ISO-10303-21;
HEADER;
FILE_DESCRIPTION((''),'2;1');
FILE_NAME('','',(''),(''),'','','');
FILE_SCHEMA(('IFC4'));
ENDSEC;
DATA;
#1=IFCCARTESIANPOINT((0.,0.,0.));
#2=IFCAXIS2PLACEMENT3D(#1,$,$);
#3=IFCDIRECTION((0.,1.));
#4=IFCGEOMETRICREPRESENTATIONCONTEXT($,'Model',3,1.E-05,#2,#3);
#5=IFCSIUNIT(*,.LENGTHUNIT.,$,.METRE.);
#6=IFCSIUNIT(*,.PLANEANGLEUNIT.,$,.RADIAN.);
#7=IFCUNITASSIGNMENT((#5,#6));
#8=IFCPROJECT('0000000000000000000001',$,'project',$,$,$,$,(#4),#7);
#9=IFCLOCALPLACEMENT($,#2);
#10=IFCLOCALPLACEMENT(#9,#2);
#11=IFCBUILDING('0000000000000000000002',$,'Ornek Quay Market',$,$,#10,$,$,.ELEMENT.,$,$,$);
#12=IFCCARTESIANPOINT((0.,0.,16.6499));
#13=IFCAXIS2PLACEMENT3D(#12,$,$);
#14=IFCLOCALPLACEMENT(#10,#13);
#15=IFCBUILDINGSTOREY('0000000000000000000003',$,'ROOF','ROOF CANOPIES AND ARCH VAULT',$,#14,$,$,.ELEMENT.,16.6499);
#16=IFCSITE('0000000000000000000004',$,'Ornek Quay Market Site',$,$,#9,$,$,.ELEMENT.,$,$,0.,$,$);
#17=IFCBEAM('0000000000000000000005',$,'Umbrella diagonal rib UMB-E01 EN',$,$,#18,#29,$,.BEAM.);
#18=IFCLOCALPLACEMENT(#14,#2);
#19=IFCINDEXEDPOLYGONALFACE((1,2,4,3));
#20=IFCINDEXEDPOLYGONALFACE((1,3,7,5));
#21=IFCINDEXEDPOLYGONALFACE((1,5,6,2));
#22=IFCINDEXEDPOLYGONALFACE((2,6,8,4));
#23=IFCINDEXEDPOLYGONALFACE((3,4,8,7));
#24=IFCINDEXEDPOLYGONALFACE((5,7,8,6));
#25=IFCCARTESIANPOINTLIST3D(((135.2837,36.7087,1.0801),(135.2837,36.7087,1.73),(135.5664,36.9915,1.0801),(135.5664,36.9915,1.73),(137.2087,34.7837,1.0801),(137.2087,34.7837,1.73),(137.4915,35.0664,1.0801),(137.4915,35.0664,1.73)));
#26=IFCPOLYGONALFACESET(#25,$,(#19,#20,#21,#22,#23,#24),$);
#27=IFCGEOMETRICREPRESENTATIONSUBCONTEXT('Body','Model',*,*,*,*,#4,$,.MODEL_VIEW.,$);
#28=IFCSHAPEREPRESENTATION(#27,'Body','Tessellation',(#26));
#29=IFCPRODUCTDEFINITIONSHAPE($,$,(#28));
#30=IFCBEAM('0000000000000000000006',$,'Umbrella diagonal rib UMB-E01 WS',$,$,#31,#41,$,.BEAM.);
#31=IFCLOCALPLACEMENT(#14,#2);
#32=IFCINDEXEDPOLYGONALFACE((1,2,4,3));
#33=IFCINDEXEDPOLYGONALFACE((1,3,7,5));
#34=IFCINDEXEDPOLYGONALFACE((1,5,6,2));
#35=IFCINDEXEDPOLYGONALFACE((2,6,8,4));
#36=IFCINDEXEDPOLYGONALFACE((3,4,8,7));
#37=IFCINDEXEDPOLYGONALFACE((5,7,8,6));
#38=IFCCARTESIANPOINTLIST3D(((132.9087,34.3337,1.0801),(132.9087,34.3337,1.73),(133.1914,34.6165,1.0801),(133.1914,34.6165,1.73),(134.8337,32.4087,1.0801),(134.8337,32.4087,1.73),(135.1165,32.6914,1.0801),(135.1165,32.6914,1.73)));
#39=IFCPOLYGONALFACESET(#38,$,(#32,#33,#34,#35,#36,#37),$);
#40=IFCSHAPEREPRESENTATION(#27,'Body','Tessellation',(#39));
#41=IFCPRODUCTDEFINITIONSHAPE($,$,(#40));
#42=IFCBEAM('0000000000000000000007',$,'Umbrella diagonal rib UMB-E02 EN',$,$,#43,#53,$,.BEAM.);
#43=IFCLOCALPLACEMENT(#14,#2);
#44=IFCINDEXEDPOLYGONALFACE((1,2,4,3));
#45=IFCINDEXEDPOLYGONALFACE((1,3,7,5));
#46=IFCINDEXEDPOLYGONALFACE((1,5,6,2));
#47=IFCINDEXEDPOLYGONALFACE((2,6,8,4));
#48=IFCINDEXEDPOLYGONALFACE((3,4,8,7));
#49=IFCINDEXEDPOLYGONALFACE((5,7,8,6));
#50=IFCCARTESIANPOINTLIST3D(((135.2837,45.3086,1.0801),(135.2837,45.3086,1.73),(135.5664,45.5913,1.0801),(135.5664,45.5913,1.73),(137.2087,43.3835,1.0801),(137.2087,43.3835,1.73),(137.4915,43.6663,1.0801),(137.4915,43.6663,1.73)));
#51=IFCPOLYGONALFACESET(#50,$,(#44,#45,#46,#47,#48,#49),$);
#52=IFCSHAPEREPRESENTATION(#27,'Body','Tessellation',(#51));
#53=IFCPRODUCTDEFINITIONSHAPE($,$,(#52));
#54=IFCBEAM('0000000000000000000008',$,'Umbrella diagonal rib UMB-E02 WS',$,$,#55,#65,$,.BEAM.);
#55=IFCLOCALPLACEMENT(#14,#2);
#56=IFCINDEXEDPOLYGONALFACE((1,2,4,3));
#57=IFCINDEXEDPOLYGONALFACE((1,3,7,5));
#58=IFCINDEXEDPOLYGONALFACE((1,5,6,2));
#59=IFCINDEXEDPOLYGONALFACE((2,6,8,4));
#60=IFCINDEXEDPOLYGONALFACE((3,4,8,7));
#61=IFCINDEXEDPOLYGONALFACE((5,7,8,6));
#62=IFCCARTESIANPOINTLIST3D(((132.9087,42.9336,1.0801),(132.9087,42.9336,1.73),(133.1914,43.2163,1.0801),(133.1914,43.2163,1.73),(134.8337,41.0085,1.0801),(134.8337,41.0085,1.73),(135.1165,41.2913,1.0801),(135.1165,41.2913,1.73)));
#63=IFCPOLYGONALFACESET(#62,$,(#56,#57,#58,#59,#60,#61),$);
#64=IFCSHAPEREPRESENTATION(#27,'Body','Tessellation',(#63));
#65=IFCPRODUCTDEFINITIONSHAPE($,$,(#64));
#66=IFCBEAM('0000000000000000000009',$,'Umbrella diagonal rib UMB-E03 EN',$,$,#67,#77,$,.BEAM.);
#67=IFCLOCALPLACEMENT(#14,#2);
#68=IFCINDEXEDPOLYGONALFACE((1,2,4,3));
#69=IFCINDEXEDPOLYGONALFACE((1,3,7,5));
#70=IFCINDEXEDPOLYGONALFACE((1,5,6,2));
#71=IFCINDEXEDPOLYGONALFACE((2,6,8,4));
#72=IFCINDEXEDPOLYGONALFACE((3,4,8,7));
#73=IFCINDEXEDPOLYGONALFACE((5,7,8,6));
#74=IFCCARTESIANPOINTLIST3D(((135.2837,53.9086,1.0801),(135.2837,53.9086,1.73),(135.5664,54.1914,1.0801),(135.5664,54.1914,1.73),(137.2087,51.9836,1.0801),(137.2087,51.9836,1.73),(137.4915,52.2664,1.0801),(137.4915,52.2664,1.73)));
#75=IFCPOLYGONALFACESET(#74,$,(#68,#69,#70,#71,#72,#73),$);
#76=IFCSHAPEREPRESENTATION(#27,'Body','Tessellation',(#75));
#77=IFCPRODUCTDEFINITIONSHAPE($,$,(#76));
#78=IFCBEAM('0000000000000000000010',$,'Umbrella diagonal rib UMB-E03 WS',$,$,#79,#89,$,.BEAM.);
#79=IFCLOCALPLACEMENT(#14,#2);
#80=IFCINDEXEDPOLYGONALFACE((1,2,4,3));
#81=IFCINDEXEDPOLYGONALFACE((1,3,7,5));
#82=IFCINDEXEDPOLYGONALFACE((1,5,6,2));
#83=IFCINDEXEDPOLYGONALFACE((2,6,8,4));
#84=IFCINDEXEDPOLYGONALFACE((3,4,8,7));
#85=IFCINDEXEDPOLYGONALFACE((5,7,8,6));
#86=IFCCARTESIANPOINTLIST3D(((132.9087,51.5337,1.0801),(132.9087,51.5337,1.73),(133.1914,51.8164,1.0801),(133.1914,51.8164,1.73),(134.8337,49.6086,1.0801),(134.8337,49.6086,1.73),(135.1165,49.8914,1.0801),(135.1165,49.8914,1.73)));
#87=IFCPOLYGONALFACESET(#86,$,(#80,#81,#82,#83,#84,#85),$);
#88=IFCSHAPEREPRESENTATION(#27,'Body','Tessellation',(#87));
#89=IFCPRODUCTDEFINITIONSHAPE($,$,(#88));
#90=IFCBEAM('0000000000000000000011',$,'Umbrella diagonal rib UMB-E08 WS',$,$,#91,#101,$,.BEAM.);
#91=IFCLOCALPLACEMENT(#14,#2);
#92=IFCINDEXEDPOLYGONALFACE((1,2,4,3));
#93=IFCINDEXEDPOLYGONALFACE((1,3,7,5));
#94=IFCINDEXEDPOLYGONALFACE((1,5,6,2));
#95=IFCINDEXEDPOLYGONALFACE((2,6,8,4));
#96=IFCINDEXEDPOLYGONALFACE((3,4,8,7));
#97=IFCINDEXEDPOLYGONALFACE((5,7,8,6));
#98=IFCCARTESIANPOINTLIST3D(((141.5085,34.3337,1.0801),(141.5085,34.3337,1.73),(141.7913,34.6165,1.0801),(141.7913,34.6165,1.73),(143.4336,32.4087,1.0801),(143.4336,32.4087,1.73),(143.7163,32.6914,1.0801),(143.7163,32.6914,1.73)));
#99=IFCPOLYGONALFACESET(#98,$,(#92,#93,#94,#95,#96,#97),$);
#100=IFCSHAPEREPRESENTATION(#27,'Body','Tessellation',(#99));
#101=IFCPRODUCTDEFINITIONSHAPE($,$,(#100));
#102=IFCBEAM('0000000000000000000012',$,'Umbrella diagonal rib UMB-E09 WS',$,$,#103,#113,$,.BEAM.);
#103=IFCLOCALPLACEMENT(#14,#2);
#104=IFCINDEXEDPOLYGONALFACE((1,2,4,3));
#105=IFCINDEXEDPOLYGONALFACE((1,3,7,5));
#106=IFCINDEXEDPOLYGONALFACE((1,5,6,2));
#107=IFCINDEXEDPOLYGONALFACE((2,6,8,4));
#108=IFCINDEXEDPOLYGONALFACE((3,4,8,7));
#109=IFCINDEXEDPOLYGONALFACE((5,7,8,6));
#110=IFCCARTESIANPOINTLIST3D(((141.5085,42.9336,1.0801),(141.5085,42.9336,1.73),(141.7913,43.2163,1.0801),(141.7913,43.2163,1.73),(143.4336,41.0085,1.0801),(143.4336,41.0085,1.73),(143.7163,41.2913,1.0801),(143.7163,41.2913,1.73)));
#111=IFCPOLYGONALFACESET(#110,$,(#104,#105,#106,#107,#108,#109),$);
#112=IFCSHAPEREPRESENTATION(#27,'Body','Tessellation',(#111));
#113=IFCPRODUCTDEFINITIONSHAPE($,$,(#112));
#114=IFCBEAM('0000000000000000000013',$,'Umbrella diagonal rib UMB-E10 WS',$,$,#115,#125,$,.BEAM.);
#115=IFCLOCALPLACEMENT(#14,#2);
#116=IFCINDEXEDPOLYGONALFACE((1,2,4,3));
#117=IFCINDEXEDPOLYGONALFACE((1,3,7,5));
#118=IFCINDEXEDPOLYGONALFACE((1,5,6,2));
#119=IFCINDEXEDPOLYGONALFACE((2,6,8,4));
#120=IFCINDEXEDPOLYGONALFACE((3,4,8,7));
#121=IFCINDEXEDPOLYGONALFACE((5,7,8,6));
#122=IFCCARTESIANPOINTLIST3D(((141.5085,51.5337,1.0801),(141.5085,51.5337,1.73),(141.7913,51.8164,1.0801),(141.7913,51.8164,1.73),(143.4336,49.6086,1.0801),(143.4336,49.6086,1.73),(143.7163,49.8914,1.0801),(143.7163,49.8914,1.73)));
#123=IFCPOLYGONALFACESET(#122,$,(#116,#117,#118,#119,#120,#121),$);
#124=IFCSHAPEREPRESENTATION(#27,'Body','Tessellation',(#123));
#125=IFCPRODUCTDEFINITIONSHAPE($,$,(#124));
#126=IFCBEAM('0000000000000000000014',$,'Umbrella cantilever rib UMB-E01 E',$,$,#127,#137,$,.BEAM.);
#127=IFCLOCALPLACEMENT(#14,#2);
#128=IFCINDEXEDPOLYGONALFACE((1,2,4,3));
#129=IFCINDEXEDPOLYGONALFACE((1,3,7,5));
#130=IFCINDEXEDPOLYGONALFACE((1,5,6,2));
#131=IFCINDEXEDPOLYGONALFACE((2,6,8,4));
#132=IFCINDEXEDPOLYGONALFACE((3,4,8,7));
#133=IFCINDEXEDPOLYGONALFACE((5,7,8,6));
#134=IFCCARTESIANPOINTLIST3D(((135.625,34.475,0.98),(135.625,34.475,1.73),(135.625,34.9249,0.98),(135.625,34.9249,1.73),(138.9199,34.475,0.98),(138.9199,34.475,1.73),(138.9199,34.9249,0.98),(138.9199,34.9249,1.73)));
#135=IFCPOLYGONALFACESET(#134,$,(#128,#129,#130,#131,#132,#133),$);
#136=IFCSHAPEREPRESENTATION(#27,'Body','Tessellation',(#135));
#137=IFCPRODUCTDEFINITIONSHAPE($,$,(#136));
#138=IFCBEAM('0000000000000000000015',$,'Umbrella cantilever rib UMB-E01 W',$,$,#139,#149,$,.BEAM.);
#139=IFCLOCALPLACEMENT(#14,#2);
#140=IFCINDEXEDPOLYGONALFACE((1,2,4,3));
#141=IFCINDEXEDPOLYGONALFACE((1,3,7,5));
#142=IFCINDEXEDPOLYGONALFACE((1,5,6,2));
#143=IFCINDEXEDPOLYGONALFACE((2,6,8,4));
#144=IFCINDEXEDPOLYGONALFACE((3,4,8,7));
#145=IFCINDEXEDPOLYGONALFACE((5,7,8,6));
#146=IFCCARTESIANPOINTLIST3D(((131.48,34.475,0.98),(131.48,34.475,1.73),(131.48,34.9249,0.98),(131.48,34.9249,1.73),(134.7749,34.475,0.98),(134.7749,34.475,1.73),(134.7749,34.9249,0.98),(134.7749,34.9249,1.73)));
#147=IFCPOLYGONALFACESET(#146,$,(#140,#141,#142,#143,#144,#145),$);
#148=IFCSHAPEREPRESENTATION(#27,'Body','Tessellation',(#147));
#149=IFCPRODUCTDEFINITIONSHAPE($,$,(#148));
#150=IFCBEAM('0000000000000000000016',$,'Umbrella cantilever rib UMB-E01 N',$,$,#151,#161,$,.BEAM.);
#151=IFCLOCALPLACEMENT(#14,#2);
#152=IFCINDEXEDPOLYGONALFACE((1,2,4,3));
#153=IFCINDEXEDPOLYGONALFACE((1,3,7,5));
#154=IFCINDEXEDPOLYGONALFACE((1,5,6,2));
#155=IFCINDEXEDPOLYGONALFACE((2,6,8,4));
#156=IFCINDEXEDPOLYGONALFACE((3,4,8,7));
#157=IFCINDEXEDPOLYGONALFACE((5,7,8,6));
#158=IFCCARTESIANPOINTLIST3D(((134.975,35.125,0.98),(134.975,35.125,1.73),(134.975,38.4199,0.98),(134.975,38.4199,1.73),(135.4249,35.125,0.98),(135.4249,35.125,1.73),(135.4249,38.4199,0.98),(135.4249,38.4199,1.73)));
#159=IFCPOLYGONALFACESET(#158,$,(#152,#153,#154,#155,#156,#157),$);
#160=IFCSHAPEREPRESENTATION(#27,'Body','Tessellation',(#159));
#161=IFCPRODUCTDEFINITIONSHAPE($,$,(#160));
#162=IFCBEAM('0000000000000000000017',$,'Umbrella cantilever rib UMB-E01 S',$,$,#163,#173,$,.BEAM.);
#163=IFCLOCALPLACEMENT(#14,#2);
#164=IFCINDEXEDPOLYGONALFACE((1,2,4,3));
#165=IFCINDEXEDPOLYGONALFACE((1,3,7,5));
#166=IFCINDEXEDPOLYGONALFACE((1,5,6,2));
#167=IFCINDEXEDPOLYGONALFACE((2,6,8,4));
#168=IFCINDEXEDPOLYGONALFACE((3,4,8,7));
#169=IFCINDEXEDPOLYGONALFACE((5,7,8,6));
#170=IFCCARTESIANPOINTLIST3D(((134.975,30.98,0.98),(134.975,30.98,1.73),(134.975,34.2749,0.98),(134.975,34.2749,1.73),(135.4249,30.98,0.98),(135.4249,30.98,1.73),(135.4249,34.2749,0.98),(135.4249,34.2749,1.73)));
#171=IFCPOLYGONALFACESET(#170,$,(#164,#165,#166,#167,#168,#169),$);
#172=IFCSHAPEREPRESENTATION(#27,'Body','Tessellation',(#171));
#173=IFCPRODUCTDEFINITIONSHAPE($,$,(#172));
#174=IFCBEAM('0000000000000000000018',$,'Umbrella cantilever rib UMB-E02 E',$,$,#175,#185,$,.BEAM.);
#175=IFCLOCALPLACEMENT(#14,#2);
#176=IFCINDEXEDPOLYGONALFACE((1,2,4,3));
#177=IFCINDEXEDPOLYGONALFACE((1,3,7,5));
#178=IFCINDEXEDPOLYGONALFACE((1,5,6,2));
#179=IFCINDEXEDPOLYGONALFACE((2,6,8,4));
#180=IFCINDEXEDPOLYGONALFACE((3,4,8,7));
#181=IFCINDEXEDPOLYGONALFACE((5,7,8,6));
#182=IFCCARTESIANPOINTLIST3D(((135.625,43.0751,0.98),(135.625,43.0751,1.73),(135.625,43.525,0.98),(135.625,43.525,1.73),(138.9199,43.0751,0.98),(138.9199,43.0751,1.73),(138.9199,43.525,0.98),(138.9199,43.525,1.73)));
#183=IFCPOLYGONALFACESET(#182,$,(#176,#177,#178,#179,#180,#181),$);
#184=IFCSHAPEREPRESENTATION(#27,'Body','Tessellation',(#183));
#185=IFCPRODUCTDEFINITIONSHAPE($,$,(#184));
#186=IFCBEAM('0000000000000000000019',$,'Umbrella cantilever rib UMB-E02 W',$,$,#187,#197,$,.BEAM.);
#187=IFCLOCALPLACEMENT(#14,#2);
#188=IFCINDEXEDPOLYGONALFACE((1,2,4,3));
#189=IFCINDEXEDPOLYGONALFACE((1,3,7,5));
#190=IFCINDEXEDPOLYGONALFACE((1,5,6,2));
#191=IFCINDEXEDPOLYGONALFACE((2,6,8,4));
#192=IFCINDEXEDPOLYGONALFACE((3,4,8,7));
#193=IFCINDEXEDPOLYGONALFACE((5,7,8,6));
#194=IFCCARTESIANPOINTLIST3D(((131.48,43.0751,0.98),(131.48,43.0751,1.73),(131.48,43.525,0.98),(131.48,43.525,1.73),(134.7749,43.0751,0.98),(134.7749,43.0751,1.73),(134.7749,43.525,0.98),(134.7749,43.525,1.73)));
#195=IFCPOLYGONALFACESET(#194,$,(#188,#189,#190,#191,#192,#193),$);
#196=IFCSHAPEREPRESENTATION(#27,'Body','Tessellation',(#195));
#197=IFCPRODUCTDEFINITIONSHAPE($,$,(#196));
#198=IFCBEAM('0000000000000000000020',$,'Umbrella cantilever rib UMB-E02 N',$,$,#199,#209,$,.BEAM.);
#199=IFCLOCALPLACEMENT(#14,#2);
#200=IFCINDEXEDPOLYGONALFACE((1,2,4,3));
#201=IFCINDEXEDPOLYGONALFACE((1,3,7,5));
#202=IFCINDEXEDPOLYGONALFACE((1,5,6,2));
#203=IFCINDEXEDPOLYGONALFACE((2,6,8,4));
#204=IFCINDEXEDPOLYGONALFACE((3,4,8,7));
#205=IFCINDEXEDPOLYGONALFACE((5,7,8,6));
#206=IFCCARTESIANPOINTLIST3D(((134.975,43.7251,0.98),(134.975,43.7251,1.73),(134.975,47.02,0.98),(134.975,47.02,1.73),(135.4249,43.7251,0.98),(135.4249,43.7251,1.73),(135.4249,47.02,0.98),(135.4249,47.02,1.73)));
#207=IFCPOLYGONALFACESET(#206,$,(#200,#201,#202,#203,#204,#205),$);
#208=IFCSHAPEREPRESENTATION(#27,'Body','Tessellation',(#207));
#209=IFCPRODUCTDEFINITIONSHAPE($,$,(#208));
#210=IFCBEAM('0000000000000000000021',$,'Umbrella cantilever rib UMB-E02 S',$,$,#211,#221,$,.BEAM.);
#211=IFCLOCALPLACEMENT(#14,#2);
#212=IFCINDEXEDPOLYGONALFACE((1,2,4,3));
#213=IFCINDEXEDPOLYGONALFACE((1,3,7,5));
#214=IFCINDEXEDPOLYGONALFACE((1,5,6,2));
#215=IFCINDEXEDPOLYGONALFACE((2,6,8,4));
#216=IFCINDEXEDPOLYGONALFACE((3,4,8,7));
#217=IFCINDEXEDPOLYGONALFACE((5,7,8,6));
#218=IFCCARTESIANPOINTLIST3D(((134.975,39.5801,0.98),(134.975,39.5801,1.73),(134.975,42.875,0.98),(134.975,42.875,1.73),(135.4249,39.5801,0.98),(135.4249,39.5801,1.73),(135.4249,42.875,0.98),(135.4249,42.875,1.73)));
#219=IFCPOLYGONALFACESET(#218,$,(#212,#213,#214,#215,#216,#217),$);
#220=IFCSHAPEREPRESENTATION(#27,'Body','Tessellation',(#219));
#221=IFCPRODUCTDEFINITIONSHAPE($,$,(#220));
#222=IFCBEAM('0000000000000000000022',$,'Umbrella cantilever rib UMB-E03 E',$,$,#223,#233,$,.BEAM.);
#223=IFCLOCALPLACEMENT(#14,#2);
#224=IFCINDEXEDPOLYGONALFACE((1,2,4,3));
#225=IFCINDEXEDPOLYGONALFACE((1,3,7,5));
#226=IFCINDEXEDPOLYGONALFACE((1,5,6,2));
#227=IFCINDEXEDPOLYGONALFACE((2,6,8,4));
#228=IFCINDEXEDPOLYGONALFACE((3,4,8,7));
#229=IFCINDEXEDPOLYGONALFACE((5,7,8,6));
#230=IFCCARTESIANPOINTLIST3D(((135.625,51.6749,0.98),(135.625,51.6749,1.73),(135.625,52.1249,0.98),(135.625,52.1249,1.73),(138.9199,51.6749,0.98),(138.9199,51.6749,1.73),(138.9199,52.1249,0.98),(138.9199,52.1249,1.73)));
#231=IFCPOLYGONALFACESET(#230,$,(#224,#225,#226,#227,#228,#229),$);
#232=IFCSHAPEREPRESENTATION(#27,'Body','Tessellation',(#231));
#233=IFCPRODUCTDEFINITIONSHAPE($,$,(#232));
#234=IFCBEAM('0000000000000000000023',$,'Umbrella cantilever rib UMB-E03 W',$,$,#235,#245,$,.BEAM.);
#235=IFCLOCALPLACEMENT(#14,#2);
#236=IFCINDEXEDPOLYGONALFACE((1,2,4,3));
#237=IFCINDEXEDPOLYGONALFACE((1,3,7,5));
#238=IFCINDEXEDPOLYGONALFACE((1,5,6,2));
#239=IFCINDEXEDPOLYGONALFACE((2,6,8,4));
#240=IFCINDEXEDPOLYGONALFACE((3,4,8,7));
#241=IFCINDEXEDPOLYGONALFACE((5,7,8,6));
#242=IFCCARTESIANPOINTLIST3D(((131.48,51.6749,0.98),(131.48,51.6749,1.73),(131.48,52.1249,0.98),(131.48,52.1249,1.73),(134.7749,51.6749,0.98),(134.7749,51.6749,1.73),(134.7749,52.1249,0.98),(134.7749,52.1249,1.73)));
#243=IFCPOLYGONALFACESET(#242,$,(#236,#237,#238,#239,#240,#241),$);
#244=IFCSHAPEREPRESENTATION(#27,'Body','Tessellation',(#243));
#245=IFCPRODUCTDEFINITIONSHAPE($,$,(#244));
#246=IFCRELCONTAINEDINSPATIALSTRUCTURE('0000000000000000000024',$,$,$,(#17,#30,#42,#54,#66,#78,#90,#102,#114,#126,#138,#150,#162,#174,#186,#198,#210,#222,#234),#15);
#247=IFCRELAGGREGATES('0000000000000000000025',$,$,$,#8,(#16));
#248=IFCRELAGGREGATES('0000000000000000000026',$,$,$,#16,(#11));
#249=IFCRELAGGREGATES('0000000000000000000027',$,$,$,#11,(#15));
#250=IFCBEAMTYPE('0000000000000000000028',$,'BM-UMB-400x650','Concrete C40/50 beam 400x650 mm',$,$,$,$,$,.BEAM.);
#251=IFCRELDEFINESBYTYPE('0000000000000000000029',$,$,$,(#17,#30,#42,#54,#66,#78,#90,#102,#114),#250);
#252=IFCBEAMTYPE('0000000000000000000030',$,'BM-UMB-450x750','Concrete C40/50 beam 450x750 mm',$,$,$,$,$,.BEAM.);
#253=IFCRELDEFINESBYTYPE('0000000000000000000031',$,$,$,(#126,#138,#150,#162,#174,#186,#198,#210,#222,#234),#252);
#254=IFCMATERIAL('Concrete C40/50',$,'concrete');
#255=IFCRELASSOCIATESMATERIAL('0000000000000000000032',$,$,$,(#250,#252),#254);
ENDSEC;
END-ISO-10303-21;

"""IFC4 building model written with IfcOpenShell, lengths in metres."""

from ifc_helpers import new_model, si_unit, direction, frame, origin, origin_2d, place, context, subcontext, project, spatial, rectangle, extrude, material, material_profile, profile_set, type_object, element, save


model = new_model("IFC4")

# Units and contexts
model_context = context("Model", 3, precision=1e-05, world=origin(), true_north=direction((0.0, 1.0)))
body_context = subcontext(model_context, "Body", "Model", "MODEL_VIEW")
ifc_project = project(units=[si_unit("LENGTHUNIT", "METRE"), si_unit("PLANEANGLEUNIT", "RADIAN")], contexts=[model_context])

# Site, building, storey
site_placement = place(None, origin())
site = spatial("IfcSite", under=ifc_project, at=site_placement, Name="Ornek Quay Market Site", CompositionType="ELEMENT", RefElevation=0.0)
building_placement = place(site_placement, origin())
building = spatial("IfcBuilding", under=site, at=building_placement, Name="Ornek Quay Market", CompositionType="ELEMENT")
storey_placement = place(building_placement, frame((0.0, 0.0, 16.6499)))
storey = spatial("IfcBuildingStorey", under=building, at=storey_placement, Name="ROOF", Description="ROOF CANOPIES AND ARCH VAULT", CompositionType="ELEMENT", Elevation=16.6499)

# Beams
ifc_material_1 = material(Name="Concrete C40/50", Category="concrete")
ifc_material_profile_1 = material_profile(ifc_material_1, rectangle(XDim=0.3999, YDim=0.6499, at=origin_2d()), Name="RC 400x650", Category="concrete")
ifc_profile_set_1 = profile_set([ifc_material_profile_1], Name="Concrete C40/50")
beam_type_1 = type_object("IfcBeamType", Name="BM-UMB-400x650", Description="Concrete C40/50 beam 400x650 mm", PredefinedType="BEAM", material=ifc_profile_set_1)
for number, where, z_axis, x_axis, name in (
    (1, (137.3501, 34.925, 1.405), (-0.707107, 0.707107, 0.0), (-0.707107, -0.707107, 0.0), "Umbrella diagonal rib UMB-E01 EN"),
    (2, (133.05, 34.4751, 1.405), (0.707107, -0.707107, 0.0), (0.707107, 0.707107, 0.0), "Umbrella diagonal rib UMB-E01 WS"),
    (3, (137.3501, 43.5249, 1.405), (-0.707107, 0.707107, 0.0), (-0.707107, -0.707107, 0.0), "Umbrella diagonal rib UMB-E02 EN"),
    (4, (133.05, 43.075, 1.405), (0.707107, -0.707107, 0.0), (0.707107, 0.707107, 0.0), "Umbrella diagonal rib UMB-E02 WS"),
    (5, (137.3501, 52.125, 1.405), (-0.707107, 0.707107, 0.0), (-0.707107, -0.707107, 0.0), "Umbrella diagonal rib UMB-E03 EN"),
    (6, (133.05, 51.675, 1.405), (0.707107, -0.707107, 0.0), (0.707107, 0.707107, 0.0), "Umbrella diagonal rib UMB-E03 WS"),
    (7, (141.6499, 34.4751, 1.405), (0.707107, -0.707107, 0.0), (0.707107, 0.707107, 0.0), "Umbrella diagonal rib UMB-E08 WS"),
    (8, (141.6499, 43.075, 1.405), (0.707107, -0.707107, 0.0), (0.707107, 0.707107, 0.0), "Umbrella diagonal rib UMB-E09 WS"),
    (9, (141.6499, 51.675, 1.405), (0.707107, -0.707107, 0.0), (0.707107, 0.707107, 0.0), "Umbrella diagonal rib UMB-E10 WS"),
):
    element("IfcBeam", number, at=place(storey_placement, frame(where, z_axis=z_axis, x_axis=x_axis)), inside=storey, type_object=beam_type_1, Name=name, PredefinedType="BEAM", context=body_context, shape_type="SweptSolid", body=[
        extrude(rectangle(XDim=0.3999, YDim=0.6499, at=origin_2d()), origin(), (0.0, 0.0, 1.0), 2.7224),
    ])
ifc_material_profile_2 = material_profile(ifc_material_1, rectangle(XDim=0.45, YDim=0.75, at=origin_2d()), Name="RC 450x750", Category="concrete")
ifc_profile_set_2 = profile_set([ifc_material_profile_2], Name="Concrete C40/50")
beam_type_2 = type_object("IfcBeamType", Name="BM-UMB-450x750", Description="Concrete C40/50 beam 450x750 mm", PredefinedType="BEAM", material=ifc_profile_set_2)
for number, where, z_axis, x_axis, name in (
    (10, (135.625, 34.7, 1.355), (1.0, 0.0, 0.0), (0.0, 1.0, 0.0), "Umbrella cantilever rib UMB-E01 E"),
    (11, (134.7749, 34.7, 1.355), (-1.0, 0.0, 0.0), (0.0, -1.0, 0.0), "Umbrella cantilever rib UMB-E01 W"),
    (12, (135.2, 35.125, 1.355), (0.0, 1.0, 0.0), (-1.0, 0.0, 0.0), "Umbrella cantilever rib UMB-E01 N"),
    (13, (135.2, 34.2749, 1.355), (0.0, -1.0, 0.0), (1.0, 0.0, 0.0), "Umbrella cantilever rib UMB-E01 S"),
    (14, (135.625, 43.3, 1.355), (1.0, 0.0, 0.0), (0.0, 1.0, 0.0), "Umbrella cantilever rib UMB-E02 E"),
    (15, (134.7749, 43.3, 1.355), (-1.0, 0.0, 0.0), (0.0, -1.0, 0.0), "Umbrella cantilever rib UMB-E02 W"),
    (16, (135.2, 43.7251, 1.355), (0.0, 1.0, 0.0), (-1.0, 0.0, 0.0), "Umbrella cantilever rib UMB-E02 N"),
    (17, (135.2, 42.875, 1.355), (0.0, -1.0, 0.0), (1.0, 0.0, 0.0), "Umbrella cantilever rib UMB-E02 S"),
    (18, (135.625, 51.8999, 1.355), (1.0, 0.0, 0.0), (0.0, 1.0, 0.0), "Umbrella cantilever rib UMB-E03 E"),
    (19, (134.7749, 51.8999, 1.355), (-1.0, 0.0, 0.0), (0.0, -1.0, 0.0), "Umbrella cantilever rib UMB-E03 W"),
):
    element("IfcBeam", number, at=place(storey_placement, frame(where, z_axis=z_axis, x_axis=x_axis)), inside=storey, type_object=beam_type_2, Name=name, PredefinedType="BEAM", context=body_context, shape_type="SweptSolid", body=[
        extrude(rectangle(XDim=0.45, YDim=0.75, at=origin_2d()), origin(), (0.0, 0.0, 1.0), 3.2949),
    ])

save(model, "model.ifc")
